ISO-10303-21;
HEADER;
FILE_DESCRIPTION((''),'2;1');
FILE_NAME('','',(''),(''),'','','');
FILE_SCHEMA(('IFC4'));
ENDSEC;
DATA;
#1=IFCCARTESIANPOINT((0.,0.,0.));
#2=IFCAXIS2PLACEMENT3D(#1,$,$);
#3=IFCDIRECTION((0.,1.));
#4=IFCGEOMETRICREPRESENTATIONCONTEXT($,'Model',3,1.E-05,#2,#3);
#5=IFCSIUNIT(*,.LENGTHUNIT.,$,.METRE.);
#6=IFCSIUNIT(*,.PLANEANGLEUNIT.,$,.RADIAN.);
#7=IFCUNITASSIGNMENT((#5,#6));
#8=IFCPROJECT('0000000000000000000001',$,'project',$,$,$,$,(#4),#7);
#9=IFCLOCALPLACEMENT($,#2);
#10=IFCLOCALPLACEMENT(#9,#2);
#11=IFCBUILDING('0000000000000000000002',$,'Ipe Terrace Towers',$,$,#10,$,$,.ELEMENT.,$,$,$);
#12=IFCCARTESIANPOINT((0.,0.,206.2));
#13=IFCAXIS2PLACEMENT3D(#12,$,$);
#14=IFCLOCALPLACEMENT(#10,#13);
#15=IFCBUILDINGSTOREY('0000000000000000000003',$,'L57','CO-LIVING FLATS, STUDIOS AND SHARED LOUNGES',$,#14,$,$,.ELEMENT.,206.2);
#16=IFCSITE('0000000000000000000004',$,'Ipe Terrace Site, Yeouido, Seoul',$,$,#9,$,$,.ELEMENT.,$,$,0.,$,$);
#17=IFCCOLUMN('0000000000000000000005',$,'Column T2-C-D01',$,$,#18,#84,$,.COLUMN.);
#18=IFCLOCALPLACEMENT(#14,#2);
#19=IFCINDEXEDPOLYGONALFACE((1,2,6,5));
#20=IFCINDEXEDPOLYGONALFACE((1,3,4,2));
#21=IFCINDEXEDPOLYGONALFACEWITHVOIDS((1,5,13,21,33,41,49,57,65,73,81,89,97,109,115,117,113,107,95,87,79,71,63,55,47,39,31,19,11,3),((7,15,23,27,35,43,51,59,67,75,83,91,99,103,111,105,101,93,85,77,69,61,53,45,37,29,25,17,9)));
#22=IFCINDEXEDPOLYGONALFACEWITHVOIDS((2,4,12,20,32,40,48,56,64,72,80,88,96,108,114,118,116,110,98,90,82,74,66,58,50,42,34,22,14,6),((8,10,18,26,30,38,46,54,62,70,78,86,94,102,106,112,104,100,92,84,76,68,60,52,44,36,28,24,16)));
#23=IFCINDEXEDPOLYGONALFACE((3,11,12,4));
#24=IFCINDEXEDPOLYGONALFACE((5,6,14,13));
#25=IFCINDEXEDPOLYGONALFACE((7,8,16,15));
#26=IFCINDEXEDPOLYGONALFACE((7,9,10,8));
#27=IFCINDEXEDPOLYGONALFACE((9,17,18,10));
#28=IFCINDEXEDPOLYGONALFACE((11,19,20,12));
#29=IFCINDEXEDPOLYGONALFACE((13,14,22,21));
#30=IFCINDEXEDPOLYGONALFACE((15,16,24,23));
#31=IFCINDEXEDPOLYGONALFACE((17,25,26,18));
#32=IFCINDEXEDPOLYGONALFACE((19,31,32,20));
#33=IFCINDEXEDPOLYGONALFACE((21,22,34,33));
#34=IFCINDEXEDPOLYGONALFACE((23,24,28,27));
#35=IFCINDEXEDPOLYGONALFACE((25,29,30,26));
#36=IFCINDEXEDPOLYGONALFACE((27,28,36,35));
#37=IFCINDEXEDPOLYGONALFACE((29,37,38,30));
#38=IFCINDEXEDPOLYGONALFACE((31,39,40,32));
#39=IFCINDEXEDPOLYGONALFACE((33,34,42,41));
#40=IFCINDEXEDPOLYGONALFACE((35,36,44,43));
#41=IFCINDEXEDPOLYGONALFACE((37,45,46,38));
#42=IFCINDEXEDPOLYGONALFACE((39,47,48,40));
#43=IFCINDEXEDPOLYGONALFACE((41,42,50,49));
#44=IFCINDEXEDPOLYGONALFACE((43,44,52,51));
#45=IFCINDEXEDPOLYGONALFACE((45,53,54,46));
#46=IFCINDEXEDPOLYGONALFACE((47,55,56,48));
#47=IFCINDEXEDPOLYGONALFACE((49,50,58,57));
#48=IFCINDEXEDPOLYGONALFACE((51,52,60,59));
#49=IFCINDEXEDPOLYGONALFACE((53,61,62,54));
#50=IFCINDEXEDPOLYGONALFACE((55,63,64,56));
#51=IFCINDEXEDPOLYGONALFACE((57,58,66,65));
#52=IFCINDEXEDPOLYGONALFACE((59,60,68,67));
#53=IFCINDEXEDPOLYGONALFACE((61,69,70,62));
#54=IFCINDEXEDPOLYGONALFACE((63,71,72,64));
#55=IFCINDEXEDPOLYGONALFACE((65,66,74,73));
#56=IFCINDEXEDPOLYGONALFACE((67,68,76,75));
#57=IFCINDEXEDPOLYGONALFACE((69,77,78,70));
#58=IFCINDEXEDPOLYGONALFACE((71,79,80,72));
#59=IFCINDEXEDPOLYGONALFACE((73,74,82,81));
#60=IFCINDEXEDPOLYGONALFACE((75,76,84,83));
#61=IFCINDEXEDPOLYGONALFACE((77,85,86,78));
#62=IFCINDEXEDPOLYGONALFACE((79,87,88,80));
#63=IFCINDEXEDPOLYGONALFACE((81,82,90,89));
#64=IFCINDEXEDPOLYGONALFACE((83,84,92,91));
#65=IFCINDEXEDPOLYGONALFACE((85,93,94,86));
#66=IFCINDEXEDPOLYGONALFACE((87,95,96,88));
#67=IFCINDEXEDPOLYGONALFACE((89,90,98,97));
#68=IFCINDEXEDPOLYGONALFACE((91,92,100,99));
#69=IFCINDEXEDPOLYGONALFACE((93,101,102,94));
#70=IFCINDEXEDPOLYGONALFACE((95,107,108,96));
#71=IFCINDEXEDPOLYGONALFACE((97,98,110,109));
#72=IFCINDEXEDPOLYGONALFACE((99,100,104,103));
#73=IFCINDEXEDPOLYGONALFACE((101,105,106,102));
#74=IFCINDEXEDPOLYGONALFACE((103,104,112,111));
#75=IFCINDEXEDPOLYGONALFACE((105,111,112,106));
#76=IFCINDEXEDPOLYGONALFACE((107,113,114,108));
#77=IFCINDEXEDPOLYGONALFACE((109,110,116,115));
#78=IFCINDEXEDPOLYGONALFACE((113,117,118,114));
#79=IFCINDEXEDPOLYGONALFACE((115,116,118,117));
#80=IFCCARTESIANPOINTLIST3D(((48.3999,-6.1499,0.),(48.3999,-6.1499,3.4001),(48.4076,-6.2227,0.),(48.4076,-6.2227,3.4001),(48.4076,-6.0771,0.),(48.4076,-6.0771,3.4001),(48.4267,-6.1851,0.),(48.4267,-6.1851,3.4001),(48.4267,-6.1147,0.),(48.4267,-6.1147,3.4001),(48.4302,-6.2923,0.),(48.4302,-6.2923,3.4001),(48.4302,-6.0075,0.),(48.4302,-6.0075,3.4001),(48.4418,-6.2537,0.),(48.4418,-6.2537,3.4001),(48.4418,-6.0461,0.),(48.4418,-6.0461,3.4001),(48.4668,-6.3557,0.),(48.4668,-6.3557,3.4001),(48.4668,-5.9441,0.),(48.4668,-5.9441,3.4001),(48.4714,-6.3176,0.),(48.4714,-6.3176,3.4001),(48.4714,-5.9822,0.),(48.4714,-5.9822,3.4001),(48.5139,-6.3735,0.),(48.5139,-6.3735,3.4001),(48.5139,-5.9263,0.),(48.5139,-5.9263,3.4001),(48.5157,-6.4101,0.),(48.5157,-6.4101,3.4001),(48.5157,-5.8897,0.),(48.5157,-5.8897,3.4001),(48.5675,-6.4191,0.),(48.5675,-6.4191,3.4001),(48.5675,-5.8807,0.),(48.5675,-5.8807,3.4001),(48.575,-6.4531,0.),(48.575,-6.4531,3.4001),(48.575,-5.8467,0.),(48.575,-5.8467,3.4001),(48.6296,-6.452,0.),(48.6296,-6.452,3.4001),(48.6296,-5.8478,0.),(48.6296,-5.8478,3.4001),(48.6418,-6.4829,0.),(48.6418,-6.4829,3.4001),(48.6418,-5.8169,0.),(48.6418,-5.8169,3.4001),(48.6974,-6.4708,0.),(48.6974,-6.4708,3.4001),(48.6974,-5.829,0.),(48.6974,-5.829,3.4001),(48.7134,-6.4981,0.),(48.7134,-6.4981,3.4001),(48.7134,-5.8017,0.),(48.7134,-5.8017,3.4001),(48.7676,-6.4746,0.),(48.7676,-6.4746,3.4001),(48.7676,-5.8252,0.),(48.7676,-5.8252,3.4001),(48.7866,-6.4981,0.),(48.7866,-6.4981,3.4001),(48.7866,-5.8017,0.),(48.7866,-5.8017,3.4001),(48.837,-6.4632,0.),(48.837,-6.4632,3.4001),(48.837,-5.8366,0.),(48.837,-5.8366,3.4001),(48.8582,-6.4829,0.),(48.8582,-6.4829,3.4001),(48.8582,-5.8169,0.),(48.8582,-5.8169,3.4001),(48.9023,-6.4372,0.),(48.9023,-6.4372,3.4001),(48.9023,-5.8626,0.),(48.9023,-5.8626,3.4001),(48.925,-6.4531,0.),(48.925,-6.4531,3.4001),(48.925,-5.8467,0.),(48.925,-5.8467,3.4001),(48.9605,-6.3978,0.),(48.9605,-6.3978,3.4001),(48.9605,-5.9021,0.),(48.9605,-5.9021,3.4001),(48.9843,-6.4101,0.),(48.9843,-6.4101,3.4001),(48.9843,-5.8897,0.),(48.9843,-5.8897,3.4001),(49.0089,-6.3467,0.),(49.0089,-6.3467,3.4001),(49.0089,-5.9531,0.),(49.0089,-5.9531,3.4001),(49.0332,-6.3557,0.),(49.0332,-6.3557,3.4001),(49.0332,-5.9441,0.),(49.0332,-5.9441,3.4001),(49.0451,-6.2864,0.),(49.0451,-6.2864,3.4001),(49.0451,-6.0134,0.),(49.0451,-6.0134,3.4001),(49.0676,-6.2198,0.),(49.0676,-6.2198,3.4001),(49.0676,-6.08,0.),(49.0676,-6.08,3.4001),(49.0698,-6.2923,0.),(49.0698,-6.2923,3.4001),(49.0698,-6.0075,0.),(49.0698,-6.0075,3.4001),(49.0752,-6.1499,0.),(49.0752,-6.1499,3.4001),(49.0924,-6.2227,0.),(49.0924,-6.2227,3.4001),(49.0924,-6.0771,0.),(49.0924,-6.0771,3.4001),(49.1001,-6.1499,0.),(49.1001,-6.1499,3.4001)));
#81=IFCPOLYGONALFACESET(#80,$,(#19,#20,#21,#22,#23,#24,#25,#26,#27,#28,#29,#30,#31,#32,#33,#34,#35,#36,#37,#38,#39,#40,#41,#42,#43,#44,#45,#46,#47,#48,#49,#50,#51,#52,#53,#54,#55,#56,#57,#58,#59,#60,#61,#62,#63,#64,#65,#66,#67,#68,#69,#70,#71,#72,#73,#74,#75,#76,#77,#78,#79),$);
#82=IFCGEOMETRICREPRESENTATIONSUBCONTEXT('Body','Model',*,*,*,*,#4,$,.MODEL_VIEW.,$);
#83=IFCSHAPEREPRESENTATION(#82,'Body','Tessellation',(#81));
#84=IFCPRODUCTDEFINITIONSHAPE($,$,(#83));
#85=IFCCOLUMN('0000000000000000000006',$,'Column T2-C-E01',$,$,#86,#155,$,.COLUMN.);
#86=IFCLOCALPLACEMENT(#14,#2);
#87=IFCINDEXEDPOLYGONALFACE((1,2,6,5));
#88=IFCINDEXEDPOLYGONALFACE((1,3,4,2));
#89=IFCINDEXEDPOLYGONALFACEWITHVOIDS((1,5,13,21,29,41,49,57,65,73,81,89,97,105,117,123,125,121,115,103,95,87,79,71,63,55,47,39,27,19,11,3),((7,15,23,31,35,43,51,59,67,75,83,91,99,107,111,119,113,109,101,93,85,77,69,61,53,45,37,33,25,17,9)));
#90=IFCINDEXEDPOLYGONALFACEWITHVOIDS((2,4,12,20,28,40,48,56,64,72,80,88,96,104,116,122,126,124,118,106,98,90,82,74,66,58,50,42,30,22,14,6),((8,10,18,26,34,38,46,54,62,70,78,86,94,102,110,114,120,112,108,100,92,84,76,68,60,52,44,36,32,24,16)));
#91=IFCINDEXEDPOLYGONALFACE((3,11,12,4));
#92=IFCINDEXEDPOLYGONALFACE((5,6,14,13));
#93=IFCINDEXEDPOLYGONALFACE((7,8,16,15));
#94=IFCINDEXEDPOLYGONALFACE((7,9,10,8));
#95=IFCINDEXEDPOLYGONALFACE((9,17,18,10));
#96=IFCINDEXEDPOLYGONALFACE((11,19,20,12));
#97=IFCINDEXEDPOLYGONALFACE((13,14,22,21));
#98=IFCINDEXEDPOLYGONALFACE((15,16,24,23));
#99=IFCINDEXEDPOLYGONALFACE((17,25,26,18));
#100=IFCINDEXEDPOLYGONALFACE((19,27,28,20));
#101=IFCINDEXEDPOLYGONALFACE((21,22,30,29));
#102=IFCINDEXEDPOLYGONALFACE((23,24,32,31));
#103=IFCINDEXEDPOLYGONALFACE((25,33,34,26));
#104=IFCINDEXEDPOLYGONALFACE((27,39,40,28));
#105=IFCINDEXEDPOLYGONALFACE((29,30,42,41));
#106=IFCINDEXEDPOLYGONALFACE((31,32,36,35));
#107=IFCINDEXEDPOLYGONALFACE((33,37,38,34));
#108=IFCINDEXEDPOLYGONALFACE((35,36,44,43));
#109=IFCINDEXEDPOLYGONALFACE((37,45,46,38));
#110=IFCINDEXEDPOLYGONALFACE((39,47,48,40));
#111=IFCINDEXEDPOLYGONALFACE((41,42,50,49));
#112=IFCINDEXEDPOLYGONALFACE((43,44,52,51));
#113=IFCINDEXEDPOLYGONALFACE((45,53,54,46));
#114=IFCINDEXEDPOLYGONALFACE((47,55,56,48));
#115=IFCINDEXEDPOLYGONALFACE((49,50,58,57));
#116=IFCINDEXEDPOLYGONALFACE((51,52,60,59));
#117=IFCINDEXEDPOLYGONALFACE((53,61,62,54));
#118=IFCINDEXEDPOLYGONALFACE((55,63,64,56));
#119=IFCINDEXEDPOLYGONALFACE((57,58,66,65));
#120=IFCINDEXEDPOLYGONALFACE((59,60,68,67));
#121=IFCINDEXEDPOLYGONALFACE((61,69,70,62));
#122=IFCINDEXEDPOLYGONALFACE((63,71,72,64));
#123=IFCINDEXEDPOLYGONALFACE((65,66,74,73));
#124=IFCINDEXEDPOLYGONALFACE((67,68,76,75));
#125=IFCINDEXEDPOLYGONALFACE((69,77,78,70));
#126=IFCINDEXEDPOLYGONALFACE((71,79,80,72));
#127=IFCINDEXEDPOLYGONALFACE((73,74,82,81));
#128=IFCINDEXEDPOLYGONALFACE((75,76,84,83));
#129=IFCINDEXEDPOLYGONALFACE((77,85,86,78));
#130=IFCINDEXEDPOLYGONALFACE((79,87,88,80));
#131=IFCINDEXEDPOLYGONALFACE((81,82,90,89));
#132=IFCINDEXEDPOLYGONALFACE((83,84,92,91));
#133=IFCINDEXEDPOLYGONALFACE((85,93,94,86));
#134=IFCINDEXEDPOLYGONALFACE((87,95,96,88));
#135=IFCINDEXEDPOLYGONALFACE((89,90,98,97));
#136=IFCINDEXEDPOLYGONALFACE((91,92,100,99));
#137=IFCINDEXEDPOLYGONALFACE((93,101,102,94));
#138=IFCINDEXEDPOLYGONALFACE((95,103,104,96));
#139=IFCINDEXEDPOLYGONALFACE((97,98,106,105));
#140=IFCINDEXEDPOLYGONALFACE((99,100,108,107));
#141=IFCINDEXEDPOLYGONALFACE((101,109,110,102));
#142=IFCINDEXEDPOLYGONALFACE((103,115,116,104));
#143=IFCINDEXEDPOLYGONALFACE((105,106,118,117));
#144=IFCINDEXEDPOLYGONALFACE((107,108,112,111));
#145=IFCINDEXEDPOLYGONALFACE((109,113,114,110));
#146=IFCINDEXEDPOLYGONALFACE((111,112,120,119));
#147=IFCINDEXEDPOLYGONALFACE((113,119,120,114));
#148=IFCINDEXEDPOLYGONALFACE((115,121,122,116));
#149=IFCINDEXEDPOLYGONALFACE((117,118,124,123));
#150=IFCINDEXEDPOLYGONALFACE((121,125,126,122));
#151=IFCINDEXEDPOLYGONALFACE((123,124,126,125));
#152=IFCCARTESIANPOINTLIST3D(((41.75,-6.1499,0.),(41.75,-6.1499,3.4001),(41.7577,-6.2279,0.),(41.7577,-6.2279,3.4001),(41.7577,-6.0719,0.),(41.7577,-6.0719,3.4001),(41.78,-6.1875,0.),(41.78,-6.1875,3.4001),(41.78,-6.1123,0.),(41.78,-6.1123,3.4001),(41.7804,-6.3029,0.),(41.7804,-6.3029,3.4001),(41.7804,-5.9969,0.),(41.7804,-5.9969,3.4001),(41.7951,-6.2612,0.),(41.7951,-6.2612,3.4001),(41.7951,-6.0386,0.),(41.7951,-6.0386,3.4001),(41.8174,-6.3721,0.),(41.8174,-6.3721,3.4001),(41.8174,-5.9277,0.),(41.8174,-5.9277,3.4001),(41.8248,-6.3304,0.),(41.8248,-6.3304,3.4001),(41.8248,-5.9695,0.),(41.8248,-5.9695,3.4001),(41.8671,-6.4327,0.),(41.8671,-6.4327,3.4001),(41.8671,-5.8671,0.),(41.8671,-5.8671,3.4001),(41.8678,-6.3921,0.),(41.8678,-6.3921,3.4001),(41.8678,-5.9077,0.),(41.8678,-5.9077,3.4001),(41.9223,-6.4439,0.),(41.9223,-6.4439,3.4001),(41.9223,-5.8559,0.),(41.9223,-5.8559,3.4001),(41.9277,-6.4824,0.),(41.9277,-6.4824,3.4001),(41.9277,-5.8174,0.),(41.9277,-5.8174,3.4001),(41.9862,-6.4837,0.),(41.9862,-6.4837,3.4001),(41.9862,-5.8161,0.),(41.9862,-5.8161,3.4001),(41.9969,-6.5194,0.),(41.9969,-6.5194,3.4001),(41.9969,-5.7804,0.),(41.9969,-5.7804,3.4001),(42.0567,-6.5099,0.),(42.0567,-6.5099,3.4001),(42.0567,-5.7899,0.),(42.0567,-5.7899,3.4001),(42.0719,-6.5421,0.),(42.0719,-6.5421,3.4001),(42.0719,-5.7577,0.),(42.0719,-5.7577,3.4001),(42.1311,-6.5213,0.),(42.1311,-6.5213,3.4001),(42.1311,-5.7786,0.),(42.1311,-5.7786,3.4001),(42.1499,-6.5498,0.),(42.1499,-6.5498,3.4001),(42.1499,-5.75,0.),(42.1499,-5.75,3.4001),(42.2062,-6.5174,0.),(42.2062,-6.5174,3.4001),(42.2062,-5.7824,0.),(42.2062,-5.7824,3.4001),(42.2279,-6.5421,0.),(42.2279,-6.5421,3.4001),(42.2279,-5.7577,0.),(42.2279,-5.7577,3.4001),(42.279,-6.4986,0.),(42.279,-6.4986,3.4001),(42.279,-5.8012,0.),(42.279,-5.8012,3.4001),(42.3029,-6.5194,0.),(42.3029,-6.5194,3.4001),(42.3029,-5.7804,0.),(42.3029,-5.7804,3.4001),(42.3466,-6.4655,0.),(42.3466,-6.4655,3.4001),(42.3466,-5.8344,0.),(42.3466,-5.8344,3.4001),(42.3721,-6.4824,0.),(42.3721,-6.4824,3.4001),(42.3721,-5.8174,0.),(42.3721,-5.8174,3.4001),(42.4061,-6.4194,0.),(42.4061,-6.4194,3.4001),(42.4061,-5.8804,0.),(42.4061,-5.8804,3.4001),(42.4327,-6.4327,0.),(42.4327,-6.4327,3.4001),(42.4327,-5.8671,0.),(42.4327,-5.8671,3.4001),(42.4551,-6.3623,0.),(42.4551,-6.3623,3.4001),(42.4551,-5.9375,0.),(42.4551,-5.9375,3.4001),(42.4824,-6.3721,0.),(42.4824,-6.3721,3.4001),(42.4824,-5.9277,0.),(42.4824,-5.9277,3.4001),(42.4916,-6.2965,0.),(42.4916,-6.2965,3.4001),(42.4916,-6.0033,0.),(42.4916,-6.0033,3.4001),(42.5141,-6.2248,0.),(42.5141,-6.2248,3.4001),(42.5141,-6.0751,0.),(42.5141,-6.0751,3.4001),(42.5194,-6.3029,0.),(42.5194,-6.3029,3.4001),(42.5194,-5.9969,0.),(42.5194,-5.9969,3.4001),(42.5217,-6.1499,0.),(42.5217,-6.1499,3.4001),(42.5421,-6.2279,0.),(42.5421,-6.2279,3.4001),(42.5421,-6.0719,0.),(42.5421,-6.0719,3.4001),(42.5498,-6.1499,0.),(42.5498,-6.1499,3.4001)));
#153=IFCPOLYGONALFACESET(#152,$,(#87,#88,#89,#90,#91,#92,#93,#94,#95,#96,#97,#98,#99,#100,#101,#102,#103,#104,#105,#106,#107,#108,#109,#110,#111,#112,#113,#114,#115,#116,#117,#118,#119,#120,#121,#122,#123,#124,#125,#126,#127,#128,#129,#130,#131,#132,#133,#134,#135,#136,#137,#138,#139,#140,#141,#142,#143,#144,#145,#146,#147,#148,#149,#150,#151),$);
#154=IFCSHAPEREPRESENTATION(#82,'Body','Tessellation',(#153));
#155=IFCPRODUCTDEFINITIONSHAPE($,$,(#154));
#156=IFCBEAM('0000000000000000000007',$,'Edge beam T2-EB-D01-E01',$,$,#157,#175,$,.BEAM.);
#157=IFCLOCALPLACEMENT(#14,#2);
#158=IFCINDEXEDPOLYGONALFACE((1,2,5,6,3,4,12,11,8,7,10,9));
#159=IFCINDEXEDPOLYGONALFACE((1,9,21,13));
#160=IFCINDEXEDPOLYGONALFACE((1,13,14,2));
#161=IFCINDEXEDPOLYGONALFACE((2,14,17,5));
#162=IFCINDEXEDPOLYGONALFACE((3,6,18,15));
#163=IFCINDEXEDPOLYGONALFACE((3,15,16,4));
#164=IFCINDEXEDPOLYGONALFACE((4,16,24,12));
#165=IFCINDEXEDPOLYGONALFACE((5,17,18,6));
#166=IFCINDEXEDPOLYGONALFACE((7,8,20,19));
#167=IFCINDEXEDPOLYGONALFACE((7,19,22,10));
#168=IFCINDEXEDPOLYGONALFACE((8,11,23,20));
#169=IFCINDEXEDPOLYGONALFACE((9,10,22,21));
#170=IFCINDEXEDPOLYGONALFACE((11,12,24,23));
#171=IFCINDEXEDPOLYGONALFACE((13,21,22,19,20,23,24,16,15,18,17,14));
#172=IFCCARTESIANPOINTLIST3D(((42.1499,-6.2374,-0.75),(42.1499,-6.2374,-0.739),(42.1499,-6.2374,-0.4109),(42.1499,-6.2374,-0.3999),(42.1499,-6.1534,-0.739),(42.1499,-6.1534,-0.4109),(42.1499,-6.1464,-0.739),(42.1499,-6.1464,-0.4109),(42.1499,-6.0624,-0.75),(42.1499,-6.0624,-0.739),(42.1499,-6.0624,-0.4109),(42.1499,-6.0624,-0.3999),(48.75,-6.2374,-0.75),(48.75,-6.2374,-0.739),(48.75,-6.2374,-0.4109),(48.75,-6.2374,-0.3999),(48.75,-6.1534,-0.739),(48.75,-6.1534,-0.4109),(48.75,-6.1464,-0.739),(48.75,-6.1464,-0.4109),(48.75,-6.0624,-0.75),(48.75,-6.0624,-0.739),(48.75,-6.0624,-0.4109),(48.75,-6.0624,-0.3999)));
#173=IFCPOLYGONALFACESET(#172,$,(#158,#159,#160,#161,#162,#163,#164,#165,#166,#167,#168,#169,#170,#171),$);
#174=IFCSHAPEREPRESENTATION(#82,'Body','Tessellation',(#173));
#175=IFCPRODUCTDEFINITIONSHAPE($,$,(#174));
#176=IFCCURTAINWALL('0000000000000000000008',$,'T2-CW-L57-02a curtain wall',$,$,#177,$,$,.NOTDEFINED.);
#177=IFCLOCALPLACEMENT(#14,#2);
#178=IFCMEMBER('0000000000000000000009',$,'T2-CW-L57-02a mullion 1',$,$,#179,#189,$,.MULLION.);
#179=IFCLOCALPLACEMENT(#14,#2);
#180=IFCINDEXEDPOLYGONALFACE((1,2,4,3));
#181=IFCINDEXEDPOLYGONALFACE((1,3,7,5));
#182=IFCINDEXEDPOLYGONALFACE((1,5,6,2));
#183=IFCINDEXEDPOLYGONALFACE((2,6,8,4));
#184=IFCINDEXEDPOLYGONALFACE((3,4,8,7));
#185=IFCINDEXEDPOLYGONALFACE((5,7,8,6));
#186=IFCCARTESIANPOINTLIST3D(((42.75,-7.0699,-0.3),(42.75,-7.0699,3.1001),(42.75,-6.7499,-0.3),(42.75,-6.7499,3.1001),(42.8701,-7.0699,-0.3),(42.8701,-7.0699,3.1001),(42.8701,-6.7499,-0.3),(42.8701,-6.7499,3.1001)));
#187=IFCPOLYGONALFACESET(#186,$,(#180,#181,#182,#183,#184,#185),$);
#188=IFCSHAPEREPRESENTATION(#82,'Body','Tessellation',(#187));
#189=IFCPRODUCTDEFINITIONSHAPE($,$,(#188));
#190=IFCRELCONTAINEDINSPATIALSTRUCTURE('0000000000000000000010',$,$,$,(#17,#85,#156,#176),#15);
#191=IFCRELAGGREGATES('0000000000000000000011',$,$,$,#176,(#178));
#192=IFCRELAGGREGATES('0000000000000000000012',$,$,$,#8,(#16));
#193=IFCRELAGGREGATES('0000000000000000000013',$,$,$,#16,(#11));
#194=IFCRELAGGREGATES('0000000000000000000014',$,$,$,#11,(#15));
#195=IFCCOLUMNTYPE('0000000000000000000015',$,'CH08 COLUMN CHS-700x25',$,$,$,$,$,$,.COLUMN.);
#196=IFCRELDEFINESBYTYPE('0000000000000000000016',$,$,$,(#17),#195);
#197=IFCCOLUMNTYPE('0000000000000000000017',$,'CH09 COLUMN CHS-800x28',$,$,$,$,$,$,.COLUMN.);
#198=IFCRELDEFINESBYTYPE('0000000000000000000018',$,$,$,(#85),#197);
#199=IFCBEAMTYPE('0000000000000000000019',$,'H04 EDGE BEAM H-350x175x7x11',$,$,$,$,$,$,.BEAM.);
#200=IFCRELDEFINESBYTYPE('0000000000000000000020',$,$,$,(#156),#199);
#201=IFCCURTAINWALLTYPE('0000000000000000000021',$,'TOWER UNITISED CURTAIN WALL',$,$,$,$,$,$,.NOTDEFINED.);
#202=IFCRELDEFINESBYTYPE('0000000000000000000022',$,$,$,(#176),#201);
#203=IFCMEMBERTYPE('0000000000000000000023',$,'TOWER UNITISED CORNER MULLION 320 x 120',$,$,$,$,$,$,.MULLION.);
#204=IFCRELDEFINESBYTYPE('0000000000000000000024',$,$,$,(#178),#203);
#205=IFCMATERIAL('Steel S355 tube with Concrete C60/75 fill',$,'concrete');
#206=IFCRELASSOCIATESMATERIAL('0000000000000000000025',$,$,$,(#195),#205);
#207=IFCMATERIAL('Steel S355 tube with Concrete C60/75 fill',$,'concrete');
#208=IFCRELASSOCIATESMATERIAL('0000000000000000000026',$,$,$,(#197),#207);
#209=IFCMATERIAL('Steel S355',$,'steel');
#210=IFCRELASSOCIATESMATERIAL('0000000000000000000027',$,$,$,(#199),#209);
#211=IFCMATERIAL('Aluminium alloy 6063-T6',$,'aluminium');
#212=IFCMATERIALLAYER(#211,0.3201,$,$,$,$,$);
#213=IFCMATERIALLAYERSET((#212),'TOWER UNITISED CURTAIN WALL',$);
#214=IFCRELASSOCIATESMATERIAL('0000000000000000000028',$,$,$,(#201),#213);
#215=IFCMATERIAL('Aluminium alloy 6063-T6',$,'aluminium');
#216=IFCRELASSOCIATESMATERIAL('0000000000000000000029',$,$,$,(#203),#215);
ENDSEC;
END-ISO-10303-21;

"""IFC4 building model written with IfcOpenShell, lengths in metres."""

from ifc_helpers import new_model, si_unit, direction, frame, origin, origin_2d, place, context, subcontext, project, spatial, rectangle, hollow_circle, i_section, extrude, material, layer, layer_set, material_profile, profile_set, type_object, element, aggregate, save


model = new_model("IFC4")

# Units and contexts
model_context = context("Model", 3, precision=1e-05, world=origin(), true_north=direction((0.0, 1.0)))
body_context = subcontext(model_context, "Body", "Model", "MODEL_VIEW")
ifc_project = project(units=[si_unit("LENGTHUNIT", "METRE"), si_unit("PLANEANGLEUNIT", "RADIAN")], contexts=[model_context])

# Site, building, storey
site_placement = place(None, origin())
site = spatial("IfcSite", under=ifc_project, at=site_placement, Name="Ipe Terrace Site, Yeouido, Seoul", CompositionType="ELEMENT", RefElevation=0.0)
building_placement = place(site_placement, origin())
building = spatial("IfcBuilding", under=site, at=building_placement, Name="Ipe Terrace Towers", CompositionType="ELEMENT")
storey_placement = place(building_placement, frame((0.0, 0.0, 206.2)))
storey = spatial("IfcBuildingStorey", under=building, at=storey_placement, Name="L57", Description="CO-LIVING FLATS, STUDIOS AND SHARED LOUNGES", CompositionType="ELEMENT", Elevation=206.2)

# Columns
ifc_material_1 = material(Name="Steel S355 tube with Concrete C60/75 fill", Category="concrete")
ifc_material_profile_1 = material_profile(ifc_material_1, hollow_circle(Radius=0.3501, WallThickness=0.0249, at=origin_2d()), Name="CHS-700x25")
ifc_profile_set_1 = profile_set([ifc_material_profile_1], Name="Steel S355 tube with Concrete C60/75 fill")
column_type_1 = type_object("IfcColumnType", Name="CH08 COLUMN CHS-700x25", PredefinedType="COLUMN", material=ifc_profile_set_1)
column_1_placement = place(storey_placement, frame((48.75, -6.1499, 0.0), z_axis=(0.0, 0.0, 1.0), x_axis=(1.0, 0.0, 0.0)))
element("IfcColumn", 1, at=column_1_placement, inside=storey, type_object=column_type_1, Name="Column T2-C-D01", PredefinedType="COLUMN", context=body_context, shape_type="SweptSolid", body=[
    extrude(hollow_circle(Radius=0.3501, WallThickness=0.0249, at=origin_2d()), origin(), (0.0, 0.0, 1.0), 3.4001),
])
ifc_material_2 = material(Name="Steel S355 tube with Concrete C60/75 fill", Category="concrete")
ifc_material_profile_2 = material_profile(ifc_material_2, hollow_circle(Radius=0.3999, WallThickness=0.0281, at=origin_2d()), Name="CHS-800x28")
ifc_profile_set_2 = profile_set([ifc_material_profile_2], Name="Steel S355 tube with Concrete C60/75 fill")
column_type_2 = type_object("IfcColumnType", Name="CH09 COLUMN CHS-800x28", PredefinedType="COLUMN", material=ifc_profile_set_2)
column_2_placement = place(storey_placement, frame((42.1499, -6.1499, 0.0), z_axis=(0.0, 0.0, 1.0), x_axis=(1.0, 0.0, 0.0)))
element("IfcColumn", 2, at=column_2_placement, inside=storey, type_object=column_type_2, Name="Column T2-C-E01", PredefinedType="COLUMN", context=body_context, shape_type="SweptSolid", body=[
    extrude(hollow_circle(Radius=0.3999, WallThickness=0.0281, at=origin_2d()), origin(), (0.0, 0.0, 1.0), 3.4001),
])

# Beam
ifc_material_3 = material(Name="Steel S355", Category="steel")
ifc_material_profile_3 = material_profile(ifc_material_3, i_section(OverallWidth=0.175, OverallDepth=0.3501, WebThickness=0.0071, FlangeThickness=0.011, at=origin_2d()), Name="H-350x175x7x11")
ifc_profile_set_3 = profile_set([ifc_material_profile_3], Name="Steel S355")
beam_type = type_object("IfcBeamType", Name="H04 EDGE BEAM H-350x175x7x11", PredefinedType="BEAM", material=ifc_profile_set_3)
beam_placement = place(storey_placement, frame((48.75, -6.1499, -0.575), z_axis=(-1.0, 0.0, 0.0), x_axis=(0.0, -1.0, 0.0)))
element("IfcBeam", 3, at=beam_placement, inside=storey, type_object=beam_type, Name="Edge beam T2-EB-D01-E01", PredefinedType="BEAM", context=body_context, shape_type="SweptSolid", body=[
    extrude(i_section(OverallWidth=0.175, OverallDepth=0.3501, WebThickness=0.0071, FlangeThickness=0.011, at=origin_2d()), origin(), (0.0, 0.0, 1.0), 6.6001),
])

# Curtain wall, member
ifc_material_4 = material(Name="Aluminium alloy 6063-T6", Category="aluminium")
ifc_layer_1 = layer(ifc_material_4, 0.3201)
ifc_layer_set_1 = layer_set([ifc_layer_1], Name="TOWER UNITISED CURTAIN WALL")
curtain_wall_type = type_object("IfcCurtainWallType", Name="TOWER UNITISED CURTAIN WALL", PredefinedType="NOTDEFINED", material=ifc_layer_set_1)
curtain_wall_1_placement = place(storey_placement, origin())
curtain_wall_1 = element("IfcCurtainWall", 4, at=curtain_wall_1_placement, inside=storey, type_object=curtain_wall_type, Name="T2-CW-L57-02a curtain wall", PredefinedType="NOTDEFINED")
ifc_material_5 = material(Name="Aluminium alloy 6063-T6", Category="aluminium")
ifc_material_profile_4 = material_profile(ifc_material_5, rectangle(XDim=0.3201, YDim=0.1201, at=origin_2d()), Name="TOWER UNITISED CORNER MULLION 320 x 120")
ifc_profile_set_4 = profile_set([ifc_material_profile_4], Name="Aluminium alloy 6063-T6")
member_type = type_object("IfcMemberType", Name="TOWER UNITISED CORNER MULLION 320 x 120", PredefinedType="MULLION", material=ifc_profile_set_4)
member_1_placement = place(storey_placement, frame((42.8101, -6.9099, -0.3), z_axis=(0.0, 0.0, 1.0), x_axis=(0.0, -1.0, 0.0)))
member_1 = element("IfcMember", 5, at=member_1_placement, type_object=member_type, Name="T2-CW-L57-02a mullion 1", PredefinedType="MULLION", context=body_context, shape_type="SweptSolid", body=[
    extrude(rectangle(XDim=0.3201, YDim=0.1201, at=origin_2d()), origin(), (0.0, 0.0, 1.0), 3.4001),
])

aggregate(curtain_wall_1, [member_1])

save(model, "model.ifc")
